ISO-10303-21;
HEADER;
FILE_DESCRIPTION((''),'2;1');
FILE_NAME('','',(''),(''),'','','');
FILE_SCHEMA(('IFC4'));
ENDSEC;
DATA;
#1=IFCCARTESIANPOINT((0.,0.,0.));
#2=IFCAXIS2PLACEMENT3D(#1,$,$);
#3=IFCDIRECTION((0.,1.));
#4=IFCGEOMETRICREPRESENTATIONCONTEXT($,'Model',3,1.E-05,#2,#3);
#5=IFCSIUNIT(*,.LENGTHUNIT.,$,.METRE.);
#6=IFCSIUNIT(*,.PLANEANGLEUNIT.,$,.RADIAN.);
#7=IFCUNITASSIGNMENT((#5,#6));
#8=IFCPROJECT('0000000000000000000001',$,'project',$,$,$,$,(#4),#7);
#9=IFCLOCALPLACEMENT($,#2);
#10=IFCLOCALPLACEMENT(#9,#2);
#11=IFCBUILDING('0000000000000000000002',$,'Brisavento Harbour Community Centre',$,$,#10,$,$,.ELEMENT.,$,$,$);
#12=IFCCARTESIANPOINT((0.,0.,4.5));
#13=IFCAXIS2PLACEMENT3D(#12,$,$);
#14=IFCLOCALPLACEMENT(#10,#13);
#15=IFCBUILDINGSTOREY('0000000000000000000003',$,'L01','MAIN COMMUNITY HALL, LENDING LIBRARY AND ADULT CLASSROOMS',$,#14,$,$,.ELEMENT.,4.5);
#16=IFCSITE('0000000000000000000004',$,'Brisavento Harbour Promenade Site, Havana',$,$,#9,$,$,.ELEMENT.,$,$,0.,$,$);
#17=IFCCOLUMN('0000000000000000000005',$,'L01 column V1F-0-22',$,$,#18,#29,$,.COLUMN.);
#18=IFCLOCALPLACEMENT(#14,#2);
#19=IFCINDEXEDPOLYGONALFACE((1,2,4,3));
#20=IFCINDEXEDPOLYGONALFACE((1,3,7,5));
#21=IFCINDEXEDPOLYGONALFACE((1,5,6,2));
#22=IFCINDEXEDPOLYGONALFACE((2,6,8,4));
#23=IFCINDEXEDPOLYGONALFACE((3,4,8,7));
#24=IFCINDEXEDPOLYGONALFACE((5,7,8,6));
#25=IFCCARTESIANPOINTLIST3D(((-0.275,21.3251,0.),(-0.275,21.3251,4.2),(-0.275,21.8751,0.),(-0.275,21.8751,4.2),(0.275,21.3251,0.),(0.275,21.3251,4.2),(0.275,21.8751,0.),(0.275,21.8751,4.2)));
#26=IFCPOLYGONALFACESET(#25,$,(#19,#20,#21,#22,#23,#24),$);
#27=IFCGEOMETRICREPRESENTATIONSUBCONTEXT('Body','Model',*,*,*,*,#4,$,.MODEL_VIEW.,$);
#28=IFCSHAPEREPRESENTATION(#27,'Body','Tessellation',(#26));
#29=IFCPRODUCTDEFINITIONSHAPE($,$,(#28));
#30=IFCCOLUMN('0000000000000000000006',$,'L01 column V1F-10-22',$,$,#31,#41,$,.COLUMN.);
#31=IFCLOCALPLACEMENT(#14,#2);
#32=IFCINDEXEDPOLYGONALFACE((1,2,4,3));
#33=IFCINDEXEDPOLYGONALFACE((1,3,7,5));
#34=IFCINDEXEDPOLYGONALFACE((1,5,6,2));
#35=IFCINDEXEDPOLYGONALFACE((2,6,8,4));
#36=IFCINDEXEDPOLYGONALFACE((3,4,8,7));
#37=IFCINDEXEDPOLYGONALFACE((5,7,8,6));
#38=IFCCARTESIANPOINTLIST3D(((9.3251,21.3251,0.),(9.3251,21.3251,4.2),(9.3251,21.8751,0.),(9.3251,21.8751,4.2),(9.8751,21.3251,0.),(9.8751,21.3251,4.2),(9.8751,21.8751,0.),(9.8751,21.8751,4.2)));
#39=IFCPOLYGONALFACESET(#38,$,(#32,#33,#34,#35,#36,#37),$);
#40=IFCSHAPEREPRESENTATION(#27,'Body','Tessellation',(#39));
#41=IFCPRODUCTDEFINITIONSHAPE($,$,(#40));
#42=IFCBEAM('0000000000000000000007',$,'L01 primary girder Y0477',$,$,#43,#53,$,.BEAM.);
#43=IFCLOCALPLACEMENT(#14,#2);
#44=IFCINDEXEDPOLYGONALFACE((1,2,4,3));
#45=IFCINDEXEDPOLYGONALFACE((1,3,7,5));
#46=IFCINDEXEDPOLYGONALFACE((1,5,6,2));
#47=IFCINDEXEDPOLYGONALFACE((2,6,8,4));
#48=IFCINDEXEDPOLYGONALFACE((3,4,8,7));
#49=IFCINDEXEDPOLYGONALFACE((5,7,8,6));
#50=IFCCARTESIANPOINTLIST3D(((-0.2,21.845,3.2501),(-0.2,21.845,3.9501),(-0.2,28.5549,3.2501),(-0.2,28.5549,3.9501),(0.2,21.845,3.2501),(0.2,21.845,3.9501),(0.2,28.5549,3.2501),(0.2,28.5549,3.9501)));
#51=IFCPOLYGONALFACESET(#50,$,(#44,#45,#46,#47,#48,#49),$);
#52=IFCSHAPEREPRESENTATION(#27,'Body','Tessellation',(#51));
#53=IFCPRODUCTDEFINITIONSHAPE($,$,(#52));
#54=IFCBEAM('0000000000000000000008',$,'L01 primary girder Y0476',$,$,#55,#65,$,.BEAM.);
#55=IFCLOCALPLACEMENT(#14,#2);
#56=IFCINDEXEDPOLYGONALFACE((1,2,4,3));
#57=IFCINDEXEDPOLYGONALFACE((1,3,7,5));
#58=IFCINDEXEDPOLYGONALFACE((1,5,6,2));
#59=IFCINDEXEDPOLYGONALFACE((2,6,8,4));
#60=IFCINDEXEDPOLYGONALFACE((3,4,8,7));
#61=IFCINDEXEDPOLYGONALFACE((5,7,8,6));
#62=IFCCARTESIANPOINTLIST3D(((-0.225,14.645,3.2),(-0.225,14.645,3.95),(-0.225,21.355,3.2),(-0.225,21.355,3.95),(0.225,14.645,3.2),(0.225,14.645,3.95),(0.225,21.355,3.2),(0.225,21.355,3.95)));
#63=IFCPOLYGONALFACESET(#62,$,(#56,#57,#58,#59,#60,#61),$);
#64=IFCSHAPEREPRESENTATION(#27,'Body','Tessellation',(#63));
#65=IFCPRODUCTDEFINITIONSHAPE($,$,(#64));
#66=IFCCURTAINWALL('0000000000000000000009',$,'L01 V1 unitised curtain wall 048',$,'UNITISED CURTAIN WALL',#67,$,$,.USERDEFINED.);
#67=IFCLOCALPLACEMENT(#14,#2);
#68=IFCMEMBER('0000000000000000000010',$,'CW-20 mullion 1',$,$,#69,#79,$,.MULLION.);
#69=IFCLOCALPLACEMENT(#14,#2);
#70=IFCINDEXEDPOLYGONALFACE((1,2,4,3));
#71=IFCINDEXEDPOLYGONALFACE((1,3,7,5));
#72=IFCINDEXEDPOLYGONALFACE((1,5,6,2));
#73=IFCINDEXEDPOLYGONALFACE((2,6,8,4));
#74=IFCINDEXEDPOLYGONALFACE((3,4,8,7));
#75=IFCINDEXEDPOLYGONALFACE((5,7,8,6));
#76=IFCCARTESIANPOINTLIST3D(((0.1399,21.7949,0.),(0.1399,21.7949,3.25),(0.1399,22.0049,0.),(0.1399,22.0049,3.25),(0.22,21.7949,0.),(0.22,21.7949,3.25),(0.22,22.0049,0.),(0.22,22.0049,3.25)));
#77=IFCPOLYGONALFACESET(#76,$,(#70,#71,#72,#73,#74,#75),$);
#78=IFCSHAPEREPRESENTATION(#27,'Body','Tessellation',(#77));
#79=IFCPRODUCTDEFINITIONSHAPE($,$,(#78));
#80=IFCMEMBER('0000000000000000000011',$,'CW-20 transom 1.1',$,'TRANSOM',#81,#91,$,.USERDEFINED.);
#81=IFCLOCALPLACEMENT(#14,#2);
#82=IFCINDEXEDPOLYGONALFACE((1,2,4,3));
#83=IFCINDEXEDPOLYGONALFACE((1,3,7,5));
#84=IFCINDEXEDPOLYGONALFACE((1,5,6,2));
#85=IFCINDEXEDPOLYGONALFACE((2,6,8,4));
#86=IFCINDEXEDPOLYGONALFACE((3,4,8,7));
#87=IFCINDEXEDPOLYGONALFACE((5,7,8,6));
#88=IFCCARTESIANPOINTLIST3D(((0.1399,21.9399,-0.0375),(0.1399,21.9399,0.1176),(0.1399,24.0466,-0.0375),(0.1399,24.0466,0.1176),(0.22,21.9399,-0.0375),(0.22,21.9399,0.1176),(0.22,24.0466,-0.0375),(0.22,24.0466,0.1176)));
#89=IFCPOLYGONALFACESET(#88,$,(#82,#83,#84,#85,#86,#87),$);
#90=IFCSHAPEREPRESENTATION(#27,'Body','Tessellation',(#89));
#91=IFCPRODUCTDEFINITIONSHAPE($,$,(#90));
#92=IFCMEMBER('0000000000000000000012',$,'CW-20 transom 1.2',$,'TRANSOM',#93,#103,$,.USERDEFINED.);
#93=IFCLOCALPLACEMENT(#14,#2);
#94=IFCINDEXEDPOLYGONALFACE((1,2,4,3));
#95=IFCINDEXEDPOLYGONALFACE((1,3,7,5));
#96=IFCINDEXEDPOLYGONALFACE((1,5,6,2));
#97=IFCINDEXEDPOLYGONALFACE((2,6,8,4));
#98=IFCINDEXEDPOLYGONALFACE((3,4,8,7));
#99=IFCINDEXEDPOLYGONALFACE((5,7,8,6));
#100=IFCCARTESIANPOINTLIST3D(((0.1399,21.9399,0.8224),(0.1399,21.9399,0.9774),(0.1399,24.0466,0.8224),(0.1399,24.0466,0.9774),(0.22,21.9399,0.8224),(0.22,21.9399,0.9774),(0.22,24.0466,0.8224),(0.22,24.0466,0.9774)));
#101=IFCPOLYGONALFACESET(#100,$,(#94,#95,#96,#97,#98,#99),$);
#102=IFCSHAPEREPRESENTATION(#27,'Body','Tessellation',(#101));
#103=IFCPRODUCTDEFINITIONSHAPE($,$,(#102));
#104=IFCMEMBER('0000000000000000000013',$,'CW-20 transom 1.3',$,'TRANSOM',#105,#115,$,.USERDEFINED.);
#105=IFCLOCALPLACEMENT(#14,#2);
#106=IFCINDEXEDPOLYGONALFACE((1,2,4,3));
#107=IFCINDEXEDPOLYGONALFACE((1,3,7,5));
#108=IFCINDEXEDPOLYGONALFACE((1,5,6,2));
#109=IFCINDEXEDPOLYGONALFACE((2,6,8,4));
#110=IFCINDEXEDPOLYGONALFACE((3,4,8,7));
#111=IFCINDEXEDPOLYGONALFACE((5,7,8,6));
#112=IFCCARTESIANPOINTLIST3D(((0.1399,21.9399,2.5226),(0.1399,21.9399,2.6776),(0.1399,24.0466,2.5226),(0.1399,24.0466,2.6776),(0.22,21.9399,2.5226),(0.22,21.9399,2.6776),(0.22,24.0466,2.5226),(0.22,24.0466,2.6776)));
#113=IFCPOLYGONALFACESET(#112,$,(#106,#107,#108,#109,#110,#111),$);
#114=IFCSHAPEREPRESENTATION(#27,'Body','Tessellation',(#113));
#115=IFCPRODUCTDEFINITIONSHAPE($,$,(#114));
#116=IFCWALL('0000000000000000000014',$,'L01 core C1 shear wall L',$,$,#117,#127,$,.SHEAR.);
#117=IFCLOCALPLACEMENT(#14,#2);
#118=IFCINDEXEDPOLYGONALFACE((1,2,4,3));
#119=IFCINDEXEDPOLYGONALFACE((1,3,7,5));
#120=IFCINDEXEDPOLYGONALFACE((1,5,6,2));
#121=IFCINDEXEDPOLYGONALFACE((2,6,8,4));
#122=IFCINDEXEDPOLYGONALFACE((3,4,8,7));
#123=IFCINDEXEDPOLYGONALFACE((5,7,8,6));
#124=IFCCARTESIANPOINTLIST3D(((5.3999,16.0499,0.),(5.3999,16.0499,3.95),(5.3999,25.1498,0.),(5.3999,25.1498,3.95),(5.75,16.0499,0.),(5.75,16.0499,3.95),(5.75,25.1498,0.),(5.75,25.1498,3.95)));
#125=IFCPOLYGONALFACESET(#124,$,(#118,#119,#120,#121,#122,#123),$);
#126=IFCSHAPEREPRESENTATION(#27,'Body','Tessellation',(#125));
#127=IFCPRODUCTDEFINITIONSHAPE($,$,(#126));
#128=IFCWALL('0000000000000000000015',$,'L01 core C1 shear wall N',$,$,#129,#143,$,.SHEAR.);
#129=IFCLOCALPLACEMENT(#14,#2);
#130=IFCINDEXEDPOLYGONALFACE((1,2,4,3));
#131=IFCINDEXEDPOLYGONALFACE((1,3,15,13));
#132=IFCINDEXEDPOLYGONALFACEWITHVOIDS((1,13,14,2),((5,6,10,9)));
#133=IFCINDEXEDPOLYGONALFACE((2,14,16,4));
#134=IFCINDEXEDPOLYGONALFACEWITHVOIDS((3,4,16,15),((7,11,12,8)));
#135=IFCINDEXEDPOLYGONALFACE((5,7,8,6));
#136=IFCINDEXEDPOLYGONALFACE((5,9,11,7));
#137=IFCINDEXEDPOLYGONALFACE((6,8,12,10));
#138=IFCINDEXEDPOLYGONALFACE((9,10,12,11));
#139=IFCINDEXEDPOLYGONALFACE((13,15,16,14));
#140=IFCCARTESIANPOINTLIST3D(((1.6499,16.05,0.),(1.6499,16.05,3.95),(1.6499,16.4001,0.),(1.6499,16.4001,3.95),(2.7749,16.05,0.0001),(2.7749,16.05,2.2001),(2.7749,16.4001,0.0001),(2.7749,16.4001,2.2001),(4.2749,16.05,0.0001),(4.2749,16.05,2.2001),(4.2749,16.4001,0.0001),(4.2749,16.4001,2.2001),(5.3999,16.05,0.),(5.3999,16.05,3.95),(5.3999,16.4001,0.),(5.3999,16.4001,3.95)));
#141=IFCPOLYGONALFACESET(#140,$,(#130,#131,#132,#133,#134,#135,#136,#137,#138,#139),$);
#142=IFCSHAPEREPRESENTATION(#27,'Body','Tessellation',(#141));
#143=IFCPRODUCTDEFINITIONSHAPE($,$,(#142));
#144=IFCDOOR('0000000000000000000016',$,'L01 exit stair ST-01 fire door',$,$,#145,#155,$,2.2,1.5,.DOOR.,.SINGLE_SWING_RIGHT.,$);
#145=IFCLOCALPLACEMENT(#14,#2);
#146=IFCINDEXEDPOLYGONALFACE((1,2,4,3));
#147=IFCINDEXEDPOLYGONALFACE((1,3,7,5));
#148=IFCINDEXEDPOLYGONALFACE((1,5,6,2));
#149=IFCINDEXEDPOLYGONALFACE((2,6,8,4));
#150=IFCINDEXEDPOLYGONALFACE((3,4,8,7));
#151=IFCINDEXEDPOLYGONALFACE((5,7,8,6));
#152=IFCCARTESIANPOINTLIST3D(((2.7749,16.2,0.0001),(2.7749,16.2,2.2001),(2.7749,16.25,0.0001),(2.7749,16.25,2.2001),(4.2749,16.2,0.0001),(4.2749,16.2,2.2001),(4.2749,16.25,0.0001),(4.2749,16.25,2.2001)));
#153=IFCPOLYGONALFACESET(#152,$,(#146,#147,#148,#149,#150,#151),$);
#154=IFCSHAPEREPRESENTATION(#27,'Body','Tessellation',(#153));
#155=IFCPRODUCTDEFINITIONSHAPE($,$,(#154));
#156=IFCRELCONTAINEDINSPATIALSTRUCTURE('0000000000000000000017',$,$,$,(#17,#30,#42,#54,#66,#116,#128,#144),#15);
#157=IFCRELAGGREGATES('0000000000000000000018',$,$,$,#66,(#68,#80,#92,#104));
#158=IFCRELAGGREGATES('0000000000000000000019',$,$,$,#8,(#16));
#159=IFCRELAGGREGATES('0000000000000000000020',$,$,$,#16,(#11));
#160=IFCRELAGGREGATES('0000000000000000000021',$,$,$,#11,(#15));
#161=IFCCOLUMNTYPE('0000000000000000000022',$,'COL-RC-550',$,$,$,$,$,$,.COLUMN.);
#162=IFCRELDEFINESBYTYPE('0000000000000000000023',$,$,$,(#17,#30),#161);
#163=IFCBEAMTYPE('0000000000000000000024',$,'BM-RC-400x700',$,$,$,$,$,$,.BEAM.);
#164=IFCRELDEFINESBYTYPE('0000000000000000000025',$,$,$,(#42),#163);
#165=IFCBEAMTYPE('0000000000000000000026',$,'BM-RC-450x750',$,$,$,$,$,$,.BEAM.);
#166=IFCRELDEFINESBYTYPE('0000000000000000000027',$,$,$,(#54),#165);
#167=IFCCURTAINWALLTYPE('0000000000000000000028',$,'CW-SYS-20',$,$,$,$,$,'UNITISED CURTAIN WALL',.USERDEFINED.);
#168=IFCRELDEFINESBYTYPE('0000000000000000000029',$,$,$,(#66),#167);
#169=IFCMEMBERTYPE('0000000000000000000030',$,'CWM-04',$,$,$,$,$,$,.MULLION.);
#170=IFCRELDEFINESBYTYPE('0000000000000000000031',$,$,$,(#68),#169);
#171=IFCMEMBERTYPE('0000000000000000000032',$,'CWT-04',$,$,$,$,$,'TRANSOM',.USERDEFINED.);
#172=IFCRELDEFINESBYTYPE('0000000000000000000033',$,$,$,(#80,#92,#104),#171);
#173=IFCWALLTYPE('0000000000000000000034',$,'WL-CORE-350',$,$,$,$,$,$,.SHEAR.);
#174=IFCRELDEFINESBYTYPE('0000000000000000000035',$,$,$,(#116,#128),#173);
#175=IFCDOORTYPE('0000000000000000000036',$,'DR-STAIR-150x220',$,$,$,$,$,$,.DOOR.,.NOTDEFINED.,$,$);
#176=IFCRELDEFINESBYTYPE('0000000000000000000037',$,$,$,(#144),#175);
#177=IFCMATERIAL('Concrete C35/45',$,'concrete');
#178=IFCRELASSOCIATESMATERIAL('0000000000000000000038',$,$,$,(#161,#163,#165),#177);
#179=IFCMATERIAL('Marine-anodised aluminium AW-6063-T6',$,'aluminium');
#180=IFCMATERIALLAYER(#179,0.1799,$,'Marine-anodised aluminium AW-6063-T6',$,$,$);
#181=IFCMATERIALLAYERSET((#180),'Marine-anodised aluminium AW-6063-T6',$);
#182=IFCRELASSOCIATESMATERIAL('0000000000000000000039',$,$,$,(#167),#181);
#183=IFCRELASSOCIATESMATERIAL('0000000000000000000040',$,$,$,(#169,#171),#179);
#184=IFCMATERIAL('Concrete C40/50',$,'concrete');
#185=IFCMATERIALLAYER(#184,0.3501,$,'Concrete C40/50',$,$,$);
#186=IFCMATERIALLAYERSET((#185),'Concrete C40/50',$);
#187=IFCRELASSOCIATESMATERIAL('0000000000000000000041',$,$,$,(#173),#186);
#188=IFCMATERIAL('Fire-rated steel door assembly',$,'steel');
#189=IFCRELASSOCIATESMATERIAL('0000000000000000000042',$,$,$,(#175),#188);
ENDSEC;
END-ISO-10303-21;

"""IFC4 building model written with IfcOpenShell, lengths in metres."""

from ifc_helpers import new_model, si_unit, direction, frame, frame_2d, origin, origin_2d, place, context, subcontext, project, spatial, rectangle, extrude, material, layer, layer_set, material_profile, profile_set, type_object, element, fill, aggregate, save


model = new_model("IFC4")

# Units and contexts
model_context = context("Model", 3, precision=1e-05, world=origin(), true_north=direction((0.0, 1.0)))
body_context = subcontext(model_context, "Body", "Model", "MODEL_VIEW")
ifc_project = project(units=[si_unit("LENGTHUNIT", "METRE"), si_unit("PLANEANGLEUNIT", "RADIAN")], contexts=[model_context])

# Site, building, storey
site_placement = place(None, origin())
site = spatial("IfcSite", under=ifc_project, at=site_placement, Name="Brisavento Harbour Promenade Site, Havana", CompositionType="ELEMENT", RefElevation=0.0)
building_placement = place(site_placement, origin())
building = spatial("IfcBuilding", under=site, at=building_placement, Name="Brisavento Harbour Community Centre", CompositionType="ELEMENT")
storey_placement = place(building_placement, frame((0.0, 0.0, 4.5)))
storey = spatial("IfcBuildingStorey", under=building, at=storey_placement, Name="L01", Description="MAIN COMMUNITY HALL, LENDING LIBRARY AND ADULT CLASSROOMS", CompositionType="ELEMENT", Elevation=4.5)

# Columns
ifc_material_1 = material(Name="Concrete C35/45", Category="concrete")
ifc_material_profile_1 = material_profile(ifc_material_1, rectangle(XDim=0.55, YDim=0.55, at=origin_2d()), Name="Concrete C35/45")
ifc_profile_set_1 = profile_set([ifc_material_profile_1], Name="Concrete C35/45")
column_type = type_object("IfcColumnType", Name="COL-RC-550", PredefinedType="COLUMN", material=ifc_profile_set_1)
for number, where, z_axis, x_axis, name in (
    (1, (0.0, 21.6001, 0.0), (0.0, 0.0, 1.0), (1.0, 0.0, 0.0), "L01 column V1F-0-22"),
    (2, (9.6001, 21.6001, 0.0), (0.0, 0.0, 1.0), (1.0, 0.0, 0.0), "L01 column V1F-10-22"),
):
    element("IfcColumn", number, at=place(storey_placement, frame(where, z_axis=z_axis, x_axis=x_axis)), inside=storey, type_object=column_type, Name=name, PredefinedType="COLUMN", context=body_context, shape_type="SweptSolid", body=[
        extrude(rectangle(XDim=0.55, YDim=0.55, at=origin_2d()), origin(), (0.0, 0.0, 1.0), 4.2),
    ])

# Beams
ifc_material_profile_2 = material_profile(ifc_material_1, rectangle(XDim=0.3999, YDim=0.7, at=origin_2d()), Name="Concrete C35/45")
ifc_profile_set_2 = profile_set([ifc_material_profile_2], Name="Concrete C35/45")
beam_type_1 = type_object("IfcBeamType", Name="BM-RC-400x700", PredefinedType="BEAM", material=ifc_profile_set_2)
beam_1_placement = place(storey_placement, frame((0.0, 21.845, 3.6001), z_axis=(0.0, 1.0, 0.0), x_axis=(-1.0, 0.0, 0.0)))
element("IfcBeam", 3, at=beam_1_placement, inside=storey, type_object=beam_type_1, Name="L01 primary girder Y0477", PredefinedType="BEAM", context=body_context, shape_type="SweptSolid", body=[
    extrude(rectangle(XDim=0.3999, YDim=0.7, at=origin_2d()), origin(), (0.0, 0.0, 1.0), 6.71),
])
ifc_material_profile_3 = material_profile(ifc_material_1, rectangle(XDim=0.45, YDim=0.75, at=origin_2d()), Name="Concrete C35/45")
ifc_profile_set_3 = profile_set([ifc_material_profile_3], Name="Concrete C35/45")
beam_type_2 = type_object("IfcBeamType", Name="BM-RC-450x750", PredefinedType="BEAM", material=ifc_profile_set_3)
beam_2_placement = place(storey_placement, frame((0.0, 14.645, 3.575), z_axis=(0.0, 1.0, 0.0), x_axis=(-1.0, 0.0, 0.0)))
element("IfcBeam", 4, at=beam_2_placement, inside=storey, type_object=beam_type_2, Name="L01 primary girder Y0476", PredefinedType="BEAM", context=body_context, shape_type="SweptSolid", body=[
    extrude(rectangle(XDim=0.45, YDim=0.75, at=origin_2d()), origin(), (0.0, 0.0, 1.0), 6.71),
])

# Curtain wall, members
ifc_material_2 = material(Name="Marine-anodised aluminium AW-6063-T6", Category="aluminium")
ifc_layer_1 = layer(ifc_material_2, 0.1799, Name="Marine-anodised aluminium AW-6063-T6")
ifc_layer_set_1 = layer_set([ifc_layer_1], Name="Marine-anodised aluminium AW-6063-T6")
curtain_wall_type = type_object("IfcCurtainWallType", Name="CW-SYS-20", ElementType="UNITISED CURTAIN WALL", PredefinedType="USERDEFINED", material=ifc_layer_set_1)
curtain_wall_placement = place(storey_placement, origin())
curtain_wall = element("IfcCurtainWall", 5, at=curtain_wall_placement, inside=storey, type_object=curtain_wall_type, Name="L01 V1 unitised curtain wall 048", ObjectType="UNITISED CURTAIN WALL", PredefinedType="USERDEFINED")
ifc_material_profile_4 = material_profile(ifc_material_2, rectangle(XDim=0.0801, YDim=0.21, at=origin_2d()), Name="Marine-anodised aluminium AW-6063-T6")
ifc_profile_set_4 = profile_set([ifc_material_profile_4], Name="Marine-anodised aluminium AW-6063-T6")
member_type_1 = type_object("IfcMemberType", Name="CWM-04", PredefinedType="MULLION", material=ifc_profile_set_4)
member_1_placement = place(storey_placement, frame((0.1799, 21.8999, 0.0), z_axis=(0.0, 0.0, 1.0), x_axis=(-1.0, 0.0, 0.0)))
member_1 = element("IfcMember", 6, at=member_1_placement, type_object=member_type_1, Name="CW-20 mullion 1", PredefinedType="MULLION", context=body_context, shape_type="SweptSolid", body=[
    extrude(rectangle(XDim=0.0801, YDim=0.21, at=origin_2d()), origin(), (0.0, 0.0, 1.0), 3.25),
])
ifc_material_profile_5 = material_profile(ifc_material_2, rectangle(XDim=0.0801, YDim=0.155, at=origin_2d()), Name="Marine-anodised aluminium AW-6063-T6")
ifc_profile_set_5 = profile_set([ifc_material_profile_5], Name="Marine-anodised aluminium AW-6063-T6")
member_type_2 = type_object("IfcMemberType", Name="CWT-04", ElementType="TRANSOM", PredefinedType="USERDEFINED", material=ifc_profile_set_5)
member_2_placement = place(storey_placement, frame((0.1799, 21.9399, 0.04), z_axis=(0.0, 1.0, 0.0), x_axis=(-1.0, 0.0, 0.0)))
member_2 = element("IfcMember", 7, at=member_2_placement, type_object=member_type_2, Name="CW-20 transom 1.1", ObjectType="TRANSOM", PredefinedType="USERDEFINED", context=body_context, shape_type="SweptSolid", body=[
    extrude(rectangle(XDim=0.0801, YDim=0.155, at=origin_2d()), origin(), (0.0, 0.0, 1.0), 2.1067),
])
member_3_placement = place(storey_placement, frame((0.1799, 21.9399, 0.8999), z_axis=(0.0, 1.0, 0.0), x_axis=(-1.0, 0.0, 0.0)))
member_3 = element("IfcMember", 8, at=member_3_placement, type_object=member_type_2, Name="CW-20 transom 1.2", ObjectType="TRANSOM", PredefinedType="USERDEFINED", context=body_context, shape_type="SweptSolid", body=[
    extrude(rectangle(XDim=0.0801, YDim=0.155, at=origin_2d()), origin(), (0.0, 0.0, 1.0), 2.1067),
])
member_4_placement = place(storey_placement, frame((0.1799, 21.9399, 2.6001), z_axis=(0.0, 1.0, 0.0), x_axis=(-1.0, 0.0, 0.0)))
member_4 = element("IfcMember", 9, at=member_4_placement, type_object=member_type_2, Name="CW-20 transom 1.3", ObjectType="TRANSOM", PredefinedType="USERDEFINED", context=body_context, shape_type="SweptSolid", body=[
    extrude(rectangle(XDim=0.0801, YDim=0.155, at=origin_2d()), origin(), (0.0, 0.0, 1.0), 2.1067),
])
aggregate(curtain_wall, [member_1, member_2, member_3, member_4])

# Wall
ifc_material_3 = material(Name="Concrete C40/50", Category="concrete")
ifc_layer_2 = layer(ifc_material_3, 0.3501, Name="Concrete C40/50")
ifc_layer_set_2 = layer_set([ifc_layer_2], Name="Concrete C40/50")
wall_type_1 = type_object("IfcWallType", Name="WL-CORE-350", PredefinedType="SHEAR", material=ifc_layer_set_2)
wall_1_placement = place(storey_placement, frame((5.575, 16.05, 0.0), z_axis=(0.0, 0.0, 1.0), x_axis=(0.0, 1.0, 0.0)))
element("IfcWall", 10, at=wall_1_placement, inside=storey, type_object=wall_type_1, Name="L01 core C1 shear wall L", PredefinedType="SHEAR", context=body_context, shape_type="SweptSolid", body=[
    extrude(rectangle(XDim=9.0999, YDim=0.3501, at=frame_2d((4.5498, 0.0))), origin(), (0.0, 0.0, 1.0), 3.95),
])

# Wall, opening, door
wall_2_placement = place(storey_placement, frame((1.6499, 16.2251, 0.0), z_axis=(0.0, 0.0, 1.0), x_axis=(1.0, 0.0, 0.0)))
wall_2 = element("IfcWall", 11, at=wall_2_placement, inside=storey, type_object=wall_type_1, Name="L01 core C1 shear wall N", PredefinedType="SHEAR", context=body_context, shape_type="SweptSolid", body=[
    extrude(rectangle(XDim=3.75, YDim=0.3501, at=frame_2d((1.875, 0.0))), origin(), (0.0, 0.0, 1.0), 3.95),
])
opening_1_placement = place(wall_2_placement, frame((1.125, 0.0, 0.0)))
opening_1 = element("IfcOpeningElement", 12, at=opening_1_placement, cuts=wall_2, PredefinedType="OPENING", context=body_context, shape_type="SweptSolid", body=[
    extrude(rectangle(XDim=1.5, YDim=2.2, at=frame_2d((0.75, 1.1001))), frame((0.0, 0.1851, 0.0), z_axis=(0.0, -1.0, 0.0), x_axis=(1.0, 0.0, 0.0)), (0.0, 0.0, 1.0), 0.3701),
])
ifc_material_4 = material(Name="Fire-rated steel door assembly", Category="steel")
door_type_1 = type_object("IfcDoorType", Name="DR-STAIR-150x220", OperationType="NOTDEFINED", PredefinedType="DOOR", material=ifc_material_4)
door_1_placement = place(opening_1_placement, origin())
door_1 = element("IfcDoor", 13, at=door_1_placement, inside=storey, type_object=door_type_1, Name="L01 exit stair ST-01 fire door", OperationType="SINGLE_SWING_RIGHT", OverallHeight=2.2, OverallWidth=1.5, PredefinedType="DOOR", context=body_context, shape_type="SweptSolid", body=[
    extrude(rectangle(XDim=1.5, YDim=2.2, at=frame_2d((0.75, 1.1001))), frame((0.0, 0.0249, 0.0), z_axis=(0.0, -1.0, 0.0), x_axis=(1.0, 0.0, 0.0)), (0.0, 0.0, 1.0), 0.05),
])
fill(opening_1, door_1)

save(model, "model.ifc")
